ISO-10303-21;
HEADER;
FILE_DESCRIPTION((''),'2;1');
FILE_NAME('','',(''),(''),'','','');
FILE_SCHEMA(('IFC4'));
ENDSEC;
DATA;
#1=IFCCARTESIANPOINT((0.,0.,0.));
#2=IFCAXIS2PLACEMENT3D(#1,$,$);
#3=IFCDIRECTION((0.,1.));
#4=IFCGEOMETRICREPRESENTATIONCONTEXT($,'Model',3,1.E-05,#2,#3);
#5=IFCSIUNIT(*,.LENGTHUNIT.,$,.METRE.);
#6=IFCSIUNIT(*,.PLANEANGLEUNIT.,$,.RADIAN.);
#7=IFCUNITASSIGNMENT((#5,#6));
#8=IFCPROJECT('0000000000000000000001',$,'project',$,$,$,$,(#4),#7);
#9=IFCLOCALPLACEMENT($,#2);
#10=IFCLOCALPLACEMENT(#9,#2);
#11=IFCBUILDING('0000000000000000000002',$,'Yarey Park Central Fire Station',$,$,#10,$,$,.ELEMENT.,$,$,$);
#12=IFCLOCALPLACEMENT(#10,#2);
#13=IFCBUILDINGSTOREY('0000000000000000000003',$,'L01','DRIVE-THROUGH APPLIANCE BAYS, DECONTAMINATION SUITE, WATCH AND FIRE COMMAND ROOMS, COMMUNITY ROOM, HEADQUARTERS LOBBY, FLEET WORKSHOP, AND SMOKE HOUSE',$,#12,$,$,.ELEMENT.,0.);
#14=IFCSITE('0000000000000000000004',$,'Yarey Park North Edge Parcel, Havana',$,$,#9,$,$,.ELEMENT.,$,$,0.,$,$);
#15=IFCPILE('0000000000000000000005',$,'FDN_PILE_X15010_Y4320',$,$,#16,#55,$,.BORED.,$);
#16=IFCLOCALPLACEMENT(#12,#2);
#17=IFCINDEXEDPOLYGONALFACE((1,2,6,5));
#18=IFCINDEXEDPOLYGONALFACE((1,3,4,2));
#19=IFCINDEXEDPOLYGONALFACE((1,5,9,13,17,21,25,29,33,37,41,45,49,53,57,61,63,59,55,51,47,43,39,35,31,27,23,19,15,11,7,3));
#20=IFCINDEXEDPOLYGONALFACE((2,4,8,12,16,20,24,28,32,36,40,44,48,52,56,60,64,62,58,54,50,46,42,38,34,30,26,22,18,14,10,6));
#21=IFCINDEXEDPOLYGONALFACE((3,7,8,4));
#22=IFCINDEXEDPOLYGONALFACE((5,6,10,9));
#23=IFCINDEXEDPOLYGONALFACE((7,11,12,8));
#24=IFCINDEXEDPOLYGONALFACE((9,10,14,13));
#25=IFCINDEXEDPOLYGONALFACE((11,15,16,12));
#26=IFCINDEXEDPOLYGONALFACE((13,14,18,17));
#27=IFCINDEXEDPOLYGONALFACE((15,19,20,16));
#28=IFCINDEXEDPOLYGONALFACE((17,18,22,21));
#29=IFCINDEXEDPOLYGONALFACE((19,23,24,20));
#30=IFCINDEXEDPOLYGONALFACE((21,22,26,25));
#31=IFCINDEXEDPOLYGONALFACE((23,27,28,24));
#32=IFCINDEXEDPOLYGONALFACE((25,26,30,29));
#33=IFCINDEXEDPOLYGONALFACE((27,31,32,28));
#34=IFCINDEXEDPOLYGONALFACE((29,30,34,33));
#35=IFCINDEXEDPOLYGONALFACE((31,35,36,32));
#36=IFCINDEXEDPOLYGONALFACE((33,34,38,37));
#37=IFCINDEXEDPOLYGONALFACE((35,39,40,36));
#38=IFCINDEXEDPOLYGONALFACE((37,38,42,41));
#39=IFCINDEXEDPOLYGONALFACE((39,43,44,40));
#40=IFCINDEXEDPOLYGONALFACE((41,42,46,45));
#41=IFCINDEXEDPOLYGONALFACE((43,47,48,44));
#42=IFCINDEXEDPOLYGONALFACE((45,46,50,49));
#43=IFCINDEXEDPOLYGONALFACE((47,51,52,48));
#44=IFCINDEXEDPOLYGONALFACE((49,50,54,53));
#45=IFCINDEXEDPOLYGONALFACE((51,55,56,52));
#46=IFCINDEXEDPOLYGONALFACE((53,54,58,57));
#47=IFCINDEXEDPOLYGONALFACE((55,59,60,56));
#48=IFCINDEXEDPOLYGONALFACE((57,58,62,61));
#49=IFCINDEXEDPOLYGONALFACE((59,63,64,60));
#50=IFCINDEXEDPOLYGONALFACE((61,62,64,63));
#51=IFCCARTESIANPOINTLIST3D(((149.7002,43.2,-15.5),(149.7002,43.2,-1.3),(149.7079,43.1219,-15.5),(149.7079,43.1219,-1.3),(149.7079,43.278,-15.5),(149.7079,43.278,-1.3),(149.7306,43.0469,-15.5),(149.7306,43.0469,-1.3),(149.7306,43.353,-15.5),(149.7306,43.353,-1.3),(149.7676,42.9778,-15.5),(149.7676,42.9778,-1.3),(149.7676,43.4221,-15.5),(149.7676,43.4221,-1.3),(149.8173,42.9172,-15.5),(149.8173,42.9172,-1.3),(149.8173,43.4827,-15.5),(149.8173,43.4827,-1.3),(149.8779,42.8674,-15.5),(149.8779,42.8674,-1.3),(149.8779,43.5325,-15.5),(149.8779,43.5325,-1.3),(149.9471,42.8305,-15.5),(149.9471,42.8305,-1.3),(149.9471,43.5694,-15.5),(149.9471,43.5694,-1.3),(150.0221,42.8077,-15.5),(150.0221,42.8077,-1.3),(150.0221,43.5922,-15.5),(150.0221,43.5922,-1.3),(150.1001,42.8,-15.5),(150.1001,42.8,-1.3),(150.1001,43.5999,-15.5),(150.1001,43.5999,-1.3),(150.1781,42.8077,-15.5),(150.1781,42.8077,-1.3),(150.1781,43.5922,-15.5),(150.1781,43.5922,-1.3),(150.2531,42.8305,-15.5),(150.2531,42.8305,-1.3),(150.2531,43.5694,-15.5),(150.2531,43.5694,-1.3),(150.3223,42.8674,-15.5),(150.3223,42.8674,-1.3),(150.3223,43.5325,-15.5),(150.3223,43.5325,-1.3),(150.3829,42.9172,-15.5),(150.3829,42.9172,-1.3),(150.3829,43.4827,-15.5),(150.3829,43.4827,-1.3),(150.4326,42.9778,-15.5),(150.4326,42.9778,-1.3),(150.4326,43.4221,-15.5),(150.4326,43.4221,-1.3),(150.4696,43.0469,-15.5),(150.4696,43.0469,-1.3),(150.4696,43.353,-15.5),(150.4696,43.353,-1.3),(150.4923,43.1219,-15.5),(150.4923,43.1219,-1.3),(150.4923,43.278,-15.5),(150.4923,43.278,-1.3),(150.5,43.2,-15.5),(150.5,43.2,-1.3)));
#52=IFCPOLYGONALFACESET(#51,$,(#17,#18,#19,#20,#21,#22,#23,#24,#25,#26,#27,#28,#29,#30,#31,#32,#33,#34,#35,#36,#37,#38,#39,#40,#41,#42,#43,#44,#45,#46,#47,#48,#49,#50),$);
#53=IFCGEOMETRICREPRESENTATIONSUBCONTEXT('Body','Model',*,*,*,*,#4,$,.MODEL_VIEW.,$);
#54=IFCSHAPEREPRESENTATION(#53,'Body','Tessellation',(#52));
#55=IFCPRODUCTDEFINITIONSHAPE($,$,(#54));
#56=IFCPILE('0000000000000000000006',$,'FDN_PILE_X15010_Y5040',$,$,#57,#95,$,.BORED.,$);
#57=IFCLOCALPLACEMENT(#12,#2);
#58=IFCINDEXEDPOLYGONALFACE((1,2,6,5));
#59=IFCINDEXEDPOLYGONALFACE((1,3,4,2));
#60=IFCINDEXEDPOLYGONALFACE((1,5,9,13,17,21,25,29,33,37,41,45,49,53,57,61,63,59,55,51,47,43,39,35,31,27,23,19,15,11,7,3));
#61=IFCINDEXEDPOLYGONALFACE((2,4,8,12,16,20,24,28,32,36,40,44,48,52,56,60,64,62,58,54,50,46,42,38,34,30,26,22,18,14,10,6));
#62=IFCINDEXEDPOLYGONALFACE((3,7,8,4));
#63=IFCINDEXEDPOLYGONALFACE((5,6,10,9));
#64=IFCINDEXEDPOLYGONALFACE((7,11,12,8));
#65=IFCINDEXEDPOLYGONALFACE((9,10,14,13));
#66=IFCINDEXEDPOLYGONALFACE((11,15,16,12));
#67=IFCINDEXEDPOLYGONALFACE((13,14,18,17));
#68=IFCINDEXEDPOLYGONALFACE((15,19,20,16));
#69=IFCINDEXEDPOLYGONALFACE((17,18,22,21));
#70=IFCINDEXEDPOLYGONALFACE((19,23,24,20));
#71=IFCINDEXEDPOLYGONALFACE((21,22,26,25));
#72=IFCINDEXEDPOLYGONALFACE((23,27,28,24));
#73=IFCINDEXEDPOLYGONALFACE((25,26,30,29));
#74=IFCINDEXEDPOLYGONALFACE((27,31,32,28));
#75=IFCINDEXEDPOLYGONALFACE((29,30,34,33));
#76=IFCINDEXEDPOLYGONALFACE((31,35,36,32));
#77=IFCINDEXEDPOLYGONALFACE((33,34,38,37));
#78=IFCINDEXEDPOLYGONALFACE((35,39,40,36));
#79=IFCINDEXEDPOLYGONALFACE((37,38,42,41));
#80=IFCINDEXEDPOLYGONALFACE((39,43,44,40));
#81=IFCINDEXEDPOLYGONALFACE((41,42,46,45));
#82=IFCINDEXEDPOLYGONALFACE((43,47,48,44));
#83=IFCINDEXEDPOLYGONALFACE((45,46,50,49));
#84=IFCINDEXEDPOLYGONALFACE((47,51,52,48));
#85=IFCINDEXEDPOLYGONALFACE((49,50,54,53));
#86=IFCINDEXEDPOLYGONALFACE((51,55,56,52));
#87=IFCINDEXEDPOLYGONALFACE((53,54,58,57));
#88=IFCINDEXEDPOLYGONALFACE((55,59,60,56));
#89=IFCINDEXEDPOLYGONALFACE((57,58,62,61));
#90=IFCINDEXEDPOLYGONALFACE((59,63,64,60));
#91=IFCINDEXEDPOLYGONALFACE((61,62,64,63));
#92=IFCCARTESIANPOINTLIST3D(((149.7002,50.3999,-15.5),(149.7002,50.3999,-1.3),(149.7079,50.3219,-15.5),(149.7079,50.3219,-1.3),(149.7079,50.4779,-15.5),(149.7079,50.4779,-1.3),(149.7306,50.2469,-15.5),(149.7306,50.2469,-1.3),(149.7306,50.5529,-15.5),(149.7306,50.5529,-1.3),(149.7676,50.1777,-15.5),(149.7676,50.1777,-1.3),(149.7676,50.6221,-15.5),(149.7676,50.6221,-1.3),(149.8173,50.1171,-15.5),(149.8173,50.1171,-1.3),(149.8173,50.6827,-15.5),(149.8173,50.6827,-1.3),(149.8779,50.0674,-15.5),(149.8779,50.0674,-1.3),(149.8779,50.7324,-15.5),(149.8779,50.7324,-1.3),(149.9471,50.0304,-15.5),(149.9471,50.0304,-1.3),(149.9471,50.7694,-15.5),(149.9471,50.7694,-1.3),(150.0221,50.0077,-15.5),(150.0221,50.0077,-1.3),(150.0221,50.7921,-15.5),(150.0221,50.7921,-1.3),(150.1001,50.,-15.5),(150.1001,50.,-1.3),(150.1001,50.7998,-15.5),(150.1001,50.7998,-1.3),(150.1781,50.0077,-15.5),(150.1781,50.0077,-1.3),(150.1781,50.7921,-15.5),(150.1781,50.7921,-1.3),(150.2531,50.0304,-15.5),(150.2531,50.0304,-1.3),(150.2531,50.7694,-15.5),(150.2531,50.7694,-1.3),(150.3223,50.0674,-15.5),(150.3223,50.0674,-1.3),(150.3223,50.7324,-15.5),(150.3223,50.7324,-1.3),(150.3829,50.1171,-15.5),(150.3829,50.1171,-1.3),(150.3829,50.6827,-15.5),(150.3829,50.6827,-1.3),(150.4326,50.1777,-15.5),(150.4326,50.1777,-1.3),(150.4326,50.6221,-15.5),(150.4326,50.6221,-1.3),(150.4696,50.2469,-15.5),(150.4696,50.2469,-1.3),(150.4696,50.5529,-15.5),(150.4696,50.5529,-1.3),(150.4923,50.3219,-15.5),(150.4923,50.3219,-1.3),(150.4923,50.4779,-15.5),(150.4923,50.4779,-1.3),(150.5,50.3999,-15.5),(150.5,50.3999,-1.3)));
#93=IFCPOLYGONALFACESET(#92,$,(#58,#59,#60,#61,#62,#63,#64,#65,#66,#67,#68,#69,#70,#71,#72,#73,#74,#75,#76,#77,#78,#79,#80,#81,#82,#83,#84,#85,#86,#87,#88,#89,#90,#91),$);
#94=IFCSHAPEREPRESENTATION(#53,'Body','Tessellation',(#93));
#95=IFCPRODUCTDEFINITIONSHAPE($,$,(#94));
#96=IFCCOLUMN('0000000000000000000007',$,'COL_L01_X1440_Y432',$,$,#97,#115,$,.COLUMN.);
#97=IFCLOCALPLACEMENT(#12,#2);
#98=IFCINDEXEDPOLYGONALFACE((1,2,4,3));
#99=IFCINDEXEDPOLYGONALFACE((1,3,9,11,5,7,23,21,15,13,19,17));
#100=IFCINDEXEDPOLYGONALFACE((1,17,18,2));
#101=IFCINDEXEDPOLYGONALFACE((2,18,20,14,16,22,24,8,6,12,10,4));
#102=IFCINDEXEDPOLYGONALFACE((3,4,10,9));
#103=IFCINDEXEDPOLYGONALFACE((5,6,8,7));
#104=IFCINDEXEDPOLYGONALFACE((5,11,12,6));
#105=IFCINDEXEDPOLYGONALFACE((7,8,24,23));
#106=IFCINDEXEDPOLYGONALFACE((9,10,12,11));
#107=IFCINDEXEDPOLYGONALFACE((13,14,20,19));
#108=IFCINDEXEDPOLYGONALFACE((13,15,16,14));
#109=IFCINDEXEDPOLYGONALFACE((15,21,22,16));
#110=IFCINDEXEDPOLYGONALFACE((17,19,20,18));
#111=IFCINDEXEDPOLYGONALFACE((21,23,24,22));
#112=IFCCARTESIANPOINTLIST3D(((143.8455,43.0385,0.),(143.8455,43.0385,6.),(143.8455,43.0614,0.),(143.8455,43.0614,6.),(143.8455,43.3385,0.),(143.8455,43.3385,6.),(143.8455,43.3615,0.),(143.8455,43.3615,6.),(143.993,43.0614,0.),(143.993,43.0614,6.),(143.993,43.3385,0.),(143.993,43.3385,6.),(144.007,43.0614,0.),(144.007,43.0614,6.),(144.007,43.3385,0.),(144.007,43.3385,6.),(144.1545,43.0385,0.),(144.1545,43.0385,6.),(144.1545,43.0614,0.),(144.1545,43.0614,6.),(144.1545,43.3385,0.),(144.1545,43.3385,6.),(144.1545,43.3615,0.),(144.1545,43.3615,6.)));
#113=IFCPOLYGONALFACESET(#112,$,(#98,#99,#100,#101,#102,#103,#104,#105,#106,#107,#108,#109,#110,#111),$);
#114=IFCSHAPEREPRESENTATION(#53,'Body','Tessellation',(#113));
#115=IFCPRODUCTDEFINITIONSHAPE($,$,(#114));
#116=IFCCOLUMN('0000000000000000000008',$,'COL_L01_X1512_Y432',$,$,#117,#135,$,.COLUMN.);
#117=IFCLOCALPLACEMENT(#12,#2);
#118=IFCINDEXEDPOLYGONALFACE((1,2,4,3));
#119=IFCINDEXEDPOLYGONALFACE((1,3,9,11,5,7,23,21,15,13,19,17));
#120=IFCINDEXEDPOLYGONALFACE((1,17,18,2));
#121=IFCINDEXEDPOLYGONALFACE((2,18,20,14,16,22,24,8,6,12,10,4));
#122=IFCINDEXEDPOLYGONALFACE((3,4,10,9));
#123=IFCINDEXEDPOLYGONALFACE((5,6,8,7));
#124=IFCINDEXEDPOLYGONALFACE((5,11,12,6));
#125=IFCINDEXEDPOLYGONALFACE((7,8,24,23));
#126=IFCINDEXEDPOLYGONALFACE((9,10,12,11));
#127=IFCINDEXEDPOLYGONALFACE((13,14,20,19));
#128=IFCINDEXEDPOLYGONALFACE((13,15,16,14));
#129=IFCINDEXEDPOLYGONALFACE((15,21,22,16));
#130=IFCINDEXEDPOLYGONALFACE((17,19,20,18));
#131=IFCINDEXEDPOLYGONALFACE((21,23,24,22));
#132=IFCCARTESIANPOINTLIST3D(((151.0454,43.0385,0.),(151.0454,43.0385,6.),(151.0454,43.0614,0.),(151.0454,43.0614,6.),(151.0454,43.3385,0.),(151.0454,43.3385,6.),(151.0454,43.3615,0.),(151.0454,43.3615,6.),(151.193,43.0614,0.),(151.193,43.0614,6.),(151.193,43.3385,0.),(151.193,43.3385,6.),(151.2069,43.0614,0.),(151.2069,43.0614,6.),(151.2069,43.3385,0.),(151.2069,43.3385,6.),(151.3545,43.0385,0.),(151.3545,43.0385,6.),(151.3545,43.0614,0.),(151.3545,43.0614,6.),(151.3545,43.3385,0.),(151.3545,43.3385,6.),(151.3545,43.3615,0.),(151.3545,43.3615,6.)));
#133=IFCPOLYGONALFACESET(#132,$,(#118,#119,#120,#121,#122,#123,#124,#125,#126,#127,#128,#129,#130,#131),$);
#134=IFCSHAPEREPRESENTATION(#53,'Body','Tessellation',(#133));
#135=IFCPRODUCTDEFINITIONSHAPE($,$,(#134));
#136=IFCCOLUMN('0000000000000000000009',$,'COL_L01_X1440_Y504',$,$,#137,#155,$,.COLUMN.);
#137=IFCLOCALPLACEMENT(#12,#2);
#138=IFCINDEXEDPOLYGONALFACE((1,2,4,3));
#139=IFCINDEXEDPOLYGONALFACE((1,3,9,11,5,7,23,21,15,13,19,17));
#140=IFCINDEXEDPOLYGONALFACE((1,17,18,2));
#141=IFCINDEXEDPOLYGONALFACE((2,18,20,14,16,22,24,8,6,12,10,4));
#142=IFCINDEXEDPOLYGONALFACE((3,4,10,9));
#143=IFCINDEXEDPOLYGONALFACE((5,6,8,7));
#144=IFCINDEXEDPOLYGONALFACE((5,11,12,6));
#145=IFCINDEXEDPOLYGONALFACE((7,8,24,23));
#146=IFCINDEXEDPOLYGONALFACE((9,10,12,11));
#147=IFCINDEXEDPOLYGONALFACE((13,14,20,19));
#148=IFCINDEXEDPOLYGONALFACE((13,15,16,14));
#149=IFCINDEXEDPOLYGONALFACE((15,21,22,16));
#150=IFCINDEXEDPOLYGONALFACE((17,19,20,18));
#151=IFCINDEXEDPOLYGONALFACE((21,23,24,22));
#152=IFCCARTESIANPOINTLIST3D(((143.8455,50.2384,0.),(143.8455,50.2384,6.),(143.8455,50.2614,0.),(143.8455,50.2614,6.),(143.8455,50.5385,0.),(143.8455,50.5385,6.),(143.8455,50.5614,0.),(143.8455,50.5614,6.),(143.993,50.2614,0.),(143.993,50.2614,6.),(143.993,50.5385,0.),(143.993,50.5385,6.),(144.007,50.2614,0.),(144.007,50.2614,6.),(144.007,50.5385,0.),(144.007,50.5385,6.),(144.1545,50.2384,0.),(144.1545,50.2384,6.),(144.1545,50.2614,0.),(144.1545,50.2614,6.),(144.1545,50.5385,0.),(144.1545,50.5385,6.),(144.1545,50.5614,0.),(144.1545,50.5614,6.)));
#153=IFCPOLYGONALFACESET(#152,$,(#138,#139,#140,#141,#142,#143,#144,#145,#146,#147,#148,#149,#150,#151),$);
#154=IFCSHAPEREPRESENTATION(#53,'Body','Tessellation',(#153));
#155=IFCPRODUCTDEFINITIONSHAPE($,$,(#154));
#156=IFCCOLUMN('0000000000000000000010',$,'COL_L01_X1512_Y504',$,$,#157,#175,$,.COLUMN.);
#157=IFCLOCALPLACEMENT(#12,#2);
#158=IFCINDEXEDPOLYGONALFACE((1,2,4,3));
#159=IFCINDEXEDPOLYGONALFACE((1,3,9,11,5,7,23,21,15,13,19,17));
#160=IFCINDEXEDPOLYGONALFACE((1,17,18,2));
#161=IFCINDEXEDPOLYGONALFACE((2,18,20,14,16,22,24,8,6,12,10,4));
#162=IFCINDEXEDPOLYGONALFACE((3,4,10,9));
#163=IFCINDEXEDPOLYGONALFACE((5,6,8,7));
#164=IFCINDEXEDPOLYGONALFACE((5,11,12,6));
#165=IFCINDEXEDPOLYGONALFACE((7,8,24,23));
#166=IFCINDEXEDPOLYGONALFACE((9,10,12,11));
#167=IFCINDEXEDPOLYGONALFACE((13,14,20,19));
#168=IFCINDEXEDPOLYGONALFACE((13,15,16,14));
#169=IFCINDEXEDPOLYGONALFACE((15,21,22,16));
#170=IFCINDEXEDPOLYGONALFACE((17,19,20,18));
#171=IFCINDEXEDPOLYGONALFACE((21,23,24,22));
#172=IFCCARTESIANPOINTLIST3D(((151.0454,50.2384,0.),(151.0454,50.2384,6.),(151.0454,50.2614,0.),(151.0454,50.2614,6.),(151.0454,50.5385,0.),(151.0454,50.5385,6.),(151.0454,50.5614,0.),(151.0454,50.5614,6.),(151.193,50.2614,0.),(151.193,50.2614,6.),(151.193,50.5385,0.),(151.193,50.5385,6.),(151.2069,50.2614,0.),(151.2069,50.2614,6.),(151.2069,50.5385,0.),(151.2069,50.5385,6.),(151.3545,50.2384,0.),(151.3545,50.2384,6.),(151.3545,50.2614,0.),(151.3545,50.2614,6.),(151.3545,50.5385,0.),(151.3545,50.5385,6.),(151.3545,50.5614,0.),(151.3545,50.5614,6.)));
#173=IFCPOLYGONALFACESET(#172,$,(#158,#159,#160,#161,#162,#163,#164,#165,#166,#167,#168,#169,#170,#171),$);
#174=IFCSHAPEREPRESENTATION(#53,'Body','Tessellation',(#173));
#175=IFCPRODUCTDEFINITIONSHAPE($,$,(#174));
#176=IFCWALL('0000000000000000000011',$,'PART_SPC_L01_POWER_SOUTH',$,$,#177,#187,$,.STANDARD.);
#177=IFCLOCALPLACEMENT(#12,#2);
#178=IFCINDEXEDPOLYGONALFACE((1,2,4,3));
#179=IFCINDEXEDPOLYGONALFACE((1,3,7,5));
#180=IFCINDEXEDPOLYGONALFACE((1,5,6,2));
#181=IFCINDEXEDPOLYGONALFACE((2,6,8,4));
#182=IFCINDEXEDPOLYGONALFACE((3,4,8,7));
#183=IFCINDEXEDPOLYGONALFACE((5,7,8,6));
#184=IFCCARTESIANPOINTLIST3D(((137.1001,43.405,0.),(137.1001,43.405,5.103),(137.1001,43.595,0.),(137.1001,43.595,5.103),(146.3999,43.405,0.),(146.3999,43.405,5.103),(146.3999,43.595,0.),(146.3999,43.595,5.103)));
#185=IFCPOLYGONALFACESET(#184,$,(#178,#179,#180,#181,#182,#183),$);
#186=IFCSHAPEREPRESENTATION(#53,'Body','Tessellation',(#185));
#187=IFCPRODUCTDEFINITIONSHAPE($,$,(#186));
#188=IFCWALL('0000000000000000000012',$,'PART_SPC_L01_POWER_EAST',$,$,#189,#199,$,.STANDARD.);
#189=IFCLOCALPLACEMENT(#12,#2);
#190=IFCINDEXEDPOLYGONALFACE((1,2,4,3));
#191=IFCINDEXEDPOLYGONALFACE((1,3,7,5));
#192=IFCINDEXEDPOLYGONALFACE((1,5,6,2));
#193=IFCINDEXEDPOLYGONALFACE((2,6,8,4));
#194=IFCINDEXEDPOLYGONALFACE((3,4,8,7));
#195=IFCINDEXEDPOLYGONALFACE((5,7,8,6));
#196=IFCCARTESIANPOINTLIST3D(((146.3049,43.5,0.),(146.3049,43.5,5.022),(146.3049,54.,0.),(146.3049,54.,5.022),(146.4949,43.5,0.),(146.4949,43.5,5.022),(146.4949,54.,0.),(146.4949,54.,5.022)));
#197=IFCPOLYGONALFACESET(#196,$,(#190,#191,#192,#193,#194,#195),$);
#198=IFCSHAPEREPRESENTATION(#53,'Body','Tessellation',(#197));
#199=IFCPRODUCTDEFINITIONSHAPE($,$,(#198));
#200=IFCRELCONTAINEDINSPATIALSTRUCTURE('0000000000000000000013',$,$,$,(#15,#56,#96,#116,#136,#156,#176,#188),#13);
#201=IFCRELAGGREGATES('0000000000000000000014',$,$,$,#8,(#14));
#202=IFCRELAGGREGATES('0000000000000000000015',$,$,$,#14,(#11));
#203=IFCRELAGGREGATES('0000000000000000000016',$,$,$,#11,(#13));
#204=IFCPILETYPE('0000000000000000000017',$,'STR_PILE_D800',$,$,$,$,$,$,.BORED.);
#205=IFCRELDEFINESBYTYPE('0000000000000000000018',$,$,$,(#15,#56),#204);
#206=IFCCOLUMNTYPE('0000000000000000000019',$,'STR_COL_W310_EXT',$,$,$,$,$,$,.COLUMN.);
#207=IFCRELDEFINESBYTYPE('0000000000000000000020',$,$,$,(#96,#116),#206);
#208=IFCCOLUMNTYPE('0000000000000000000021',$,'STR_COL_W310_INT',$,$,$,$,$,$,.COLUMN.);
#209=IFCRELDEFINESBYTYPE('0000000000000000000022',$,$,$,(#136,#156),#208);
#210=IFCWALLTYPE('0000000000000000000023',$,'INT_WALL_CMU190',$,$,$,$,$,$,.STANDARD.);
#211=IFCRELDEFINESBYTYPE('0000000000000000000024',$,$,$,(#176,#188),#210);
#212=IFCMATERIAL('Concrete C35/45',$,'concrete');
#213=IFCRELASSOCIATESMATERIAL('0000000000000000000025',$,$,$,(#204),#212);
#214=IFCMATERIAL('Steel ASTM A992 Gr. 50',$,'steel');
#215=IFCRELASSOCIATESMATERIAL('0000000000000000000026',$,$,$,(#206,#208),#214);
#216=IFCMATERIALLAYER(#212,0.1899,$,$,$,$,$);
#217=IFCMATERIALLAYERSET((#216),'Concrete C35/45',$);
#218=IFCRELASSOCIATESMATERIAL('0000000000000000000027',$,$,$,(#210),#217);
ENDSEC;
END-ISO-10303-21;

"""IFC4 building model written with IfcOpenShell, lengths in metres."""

from ifc_helpers import new_model, si_unit, direction, frame, frame_2d, origin, origin_2d, place, context, subcontext, project, spatial, rectangle, circle, i_section, extrude, material, layer, layer_set, material_profile, profile_set, type_object, element, save


model = new_model("IFC4")

# Units and contexts
model_context = context("Model", 3, precision=1e-05, world=origin(), true_north=direction((0.0, 1.0)))
body_context = subcontext(model_context, "Body", "Model", "MODEL_VIEW")
ifc_project = project(units=[si_unit("LENGTHUNIT", "METRE"), si_unit("PLANEANGLEUNIT", "RADIAN")], contexts=[model_context])

# Site, building, storey
site_placement = place(None, origin())
site = spatial("IfcSite", under=ifc_project, at=site_placement, Name="Yarey Park North Edge Parcel, Havana", CompositionType="ELEMENT", RefElevation=0.0)
building_placement = place(site_placement, origin())
building = spatial("IfcBuilding", under=site, at=building_placement, Name="Yarey Park Central Fire Station", CompositionType="ELEMENT")
storey_placement = place(building_placement, origin())
storey = spatial("IfcBuildingStorey", under=building, at=storey_placement, Name="L01", Description="DRIVE-THROUGH APPLIANCE BAYS, DECONTAMINATION SUITE, WATCH AND FIRE COMMAND ROOMS, COMMUNITY ROOM, HEADQUARTERS LOBBY, FLEET WORKSHOP, AND SMOKE HOUSE", CompositionType="ELEMENT", Elevation=0.0)

# Shared definitions
ifc_material_1 = material(Name="Concrete C35/45", Category="concrete")

# Piles
ifc_material_profile_1 = material_profile(ifc_material_1, circle(Radius=0.3999, at=origin_2d()), Name="BORED PILE D800")
ifc_profile_set_1 = profile_set([ifc_material_profile_1], Name="Concrete C35/45")
pile_type = type_object("IfcPileType", Name="STR_PILE_D800", PredefinedType="BORED", material=ifc_profile_set_1)
for number, where, z_axis, x_axis, name in (
    (1, (150.1001, 43.2, -1.3), (0.0, 0.0, -1.0), (1.0, 0.0, 0.0), "FDN_PILE_X15010_Y4320"),
    (2, (150.1001, 50.3999, -1.3), (0.0, 0.0, -1.0), (1.0, 0.0, 0.0), "FDN_PILE_X15010_Y5040"),
):
    element("IfcPile", number, at=place(storey_placement, frame(where, z_axis=z_axis, x_axis=x_axis)), inside=storey, type_object=pile_type, Name=name, PredefinedType="BORED", context=body_context, shape_type="SweptSolid", body=[
        extrude(circle(Radius=0.3999, at=origin_2d()), origin(), (0.0, 0.0, 1.0), 14.2),
    ])

# Columns
ifc_material_2 = material(Name="Steel ASTM A992 Gr. 50", Category="steel")
ifc_material_profile_2 = material_profile(ifc_material_2, i_section(OverallWidth=0.3091, OverallDepth=0.323, WebThickness=0.0139, FlangeThickness=0.0229, at=origin_2d()), Name="W310x143")
ifc_profile_set_2 = profile_set([ifc_material_profile_2], Name="Steel ASTM A992 Gr. 50")
column_type_1 = type_object("IfcColumnType", Name="STR_COL_W310_EXT", PredefinedType="COLUMN", material=ifc_profile_set_2)
for number, where, z_axis, x_axis, name in (
    (3, (144.0, 43.2, 0.0), (0.0, 0.0, 1.0), (1.0, 0.0, 0.0), "COL_L01_X1440_Y432"),
    (4, (151.2, 43.2, 0.0), (0.0, 0.0, 1.0), (1.0, 0.0, 0.0), "COL_L01_X1512_Y432"),
):
    element("IfcColumn", number, at=place(storey_placement, frame(where, z_axis=z_axis, x_axis=x_axis)), inside=storey, type_object=column_type_1, Name=name, PredefinedType="COLUMN", context=body_context, shape_type="SweptSolid", body=[
        extrude(i_section(OverallWidth=0.3091, OverallDepth=0.323, WebThickness=0.0139, FlangeThickness=0.0229, at=origin_2d()), origin(), (0.0, 0.0, 1.0), 6.0),
    ])
ifc_material_profile_3 = material_profile(ifc_material_2, i_section(OverallWidth=0.3091, OverallDepth=0.323, WebThickness=0.0139, FlangeThickness=0.0229, at=origin_2d()), Name="W310x143")
ifc_profile_set_3 = profile_set([ifc_material_profile_3], Name="Steel ASTM A992 Gr. 50")
column_type_2 = type_object("IfcColumnType", Name="STR_COL_W310_INT", PredefinedType="COLUMN", material=ifc_profile_set_3)
for number, where, z_axis, x_axis, name in (
    (5, (144.0, 50.3999, 0.0), (0.0, 0.0, 1.0), (1.0, 0.0, 0.0), "COL_L01_X1440_Y504"),
    (6, (151.2, 50.3999, 0.0), (0.0, 0.0, 1.0), (1.0, 0.0, 0.0), "COL_L01_X1512_Y504"),
):
    element("IfcColumn", number, at=place(storey_placement, frame(where, z_axis=z_axis, x_axis=x_axis)), inside=storey, type_object=column_type_2, Name=name, PredefinedType="COLUMN", context=body_context, shape_type="SweptSolid", body=[
        extrude(i_section(OverallWidth=0.3091, OverallDepth=0.323, WebThickness=0.0139, FlangeThickness=0.0229, at=origin_2d()), origin(), (0.0, 0.0, 1.0), 6.0),
    ])

# Walls
ifc_layer = layer(ifc_material_1, 0.1899)
ifc_layer_set = layer_set([ifc_layer], Name="Concrete C35/45")
wall_type = type_object("IfcWallType", Name="INT_WALL_CMU190", PredefinedType="STANDARD", material=ifc_layer_set)
wall_1_placement = place(storey_placement, frame((137.1001, 43.5, 0.0), z_axis=(0.0, 0.0, 1.0), x_axis=(1.0, 0.0, 0.0)))
element("IfcWall", 7, at=wall_1_placement, inside=storey, type_object=wall_type, Name="PART_SPC_L01_POWER_SOUTH", PredefinedType="STANDARD", context=body_context, shape_type="SweptSolid", body=[
    extrude(rectangle(XDim=9.2998, YDim=0.1899, at=frame_2d((4.6499, 0.0))), origin(), (0.0, 0.0, 1.0), 5.103),
])
wall_2_placement = place(storey_placement, frame((146.3999, 43.5, 0.0), z_axis=(0.0, 0.0, 1.0), x_axis=(0.0, 1.0, 0.0)))
element("IfcWall", 8, at=wall_2_placement, inside=storey, type_object=wall_type, Name="PART_SPC_L01_POWER_EAST", PredefinedType="STANDARD", context=body_context, shape_type="SweptSolid", body=[
    extrude(rectangle(XDim=10.5, YDim=0.1899, at=frame_2d((5.25, 0.0))), origin(), (0.0, 0.0, 1.0), 5.022),
])

save(model, "model.ifc")
